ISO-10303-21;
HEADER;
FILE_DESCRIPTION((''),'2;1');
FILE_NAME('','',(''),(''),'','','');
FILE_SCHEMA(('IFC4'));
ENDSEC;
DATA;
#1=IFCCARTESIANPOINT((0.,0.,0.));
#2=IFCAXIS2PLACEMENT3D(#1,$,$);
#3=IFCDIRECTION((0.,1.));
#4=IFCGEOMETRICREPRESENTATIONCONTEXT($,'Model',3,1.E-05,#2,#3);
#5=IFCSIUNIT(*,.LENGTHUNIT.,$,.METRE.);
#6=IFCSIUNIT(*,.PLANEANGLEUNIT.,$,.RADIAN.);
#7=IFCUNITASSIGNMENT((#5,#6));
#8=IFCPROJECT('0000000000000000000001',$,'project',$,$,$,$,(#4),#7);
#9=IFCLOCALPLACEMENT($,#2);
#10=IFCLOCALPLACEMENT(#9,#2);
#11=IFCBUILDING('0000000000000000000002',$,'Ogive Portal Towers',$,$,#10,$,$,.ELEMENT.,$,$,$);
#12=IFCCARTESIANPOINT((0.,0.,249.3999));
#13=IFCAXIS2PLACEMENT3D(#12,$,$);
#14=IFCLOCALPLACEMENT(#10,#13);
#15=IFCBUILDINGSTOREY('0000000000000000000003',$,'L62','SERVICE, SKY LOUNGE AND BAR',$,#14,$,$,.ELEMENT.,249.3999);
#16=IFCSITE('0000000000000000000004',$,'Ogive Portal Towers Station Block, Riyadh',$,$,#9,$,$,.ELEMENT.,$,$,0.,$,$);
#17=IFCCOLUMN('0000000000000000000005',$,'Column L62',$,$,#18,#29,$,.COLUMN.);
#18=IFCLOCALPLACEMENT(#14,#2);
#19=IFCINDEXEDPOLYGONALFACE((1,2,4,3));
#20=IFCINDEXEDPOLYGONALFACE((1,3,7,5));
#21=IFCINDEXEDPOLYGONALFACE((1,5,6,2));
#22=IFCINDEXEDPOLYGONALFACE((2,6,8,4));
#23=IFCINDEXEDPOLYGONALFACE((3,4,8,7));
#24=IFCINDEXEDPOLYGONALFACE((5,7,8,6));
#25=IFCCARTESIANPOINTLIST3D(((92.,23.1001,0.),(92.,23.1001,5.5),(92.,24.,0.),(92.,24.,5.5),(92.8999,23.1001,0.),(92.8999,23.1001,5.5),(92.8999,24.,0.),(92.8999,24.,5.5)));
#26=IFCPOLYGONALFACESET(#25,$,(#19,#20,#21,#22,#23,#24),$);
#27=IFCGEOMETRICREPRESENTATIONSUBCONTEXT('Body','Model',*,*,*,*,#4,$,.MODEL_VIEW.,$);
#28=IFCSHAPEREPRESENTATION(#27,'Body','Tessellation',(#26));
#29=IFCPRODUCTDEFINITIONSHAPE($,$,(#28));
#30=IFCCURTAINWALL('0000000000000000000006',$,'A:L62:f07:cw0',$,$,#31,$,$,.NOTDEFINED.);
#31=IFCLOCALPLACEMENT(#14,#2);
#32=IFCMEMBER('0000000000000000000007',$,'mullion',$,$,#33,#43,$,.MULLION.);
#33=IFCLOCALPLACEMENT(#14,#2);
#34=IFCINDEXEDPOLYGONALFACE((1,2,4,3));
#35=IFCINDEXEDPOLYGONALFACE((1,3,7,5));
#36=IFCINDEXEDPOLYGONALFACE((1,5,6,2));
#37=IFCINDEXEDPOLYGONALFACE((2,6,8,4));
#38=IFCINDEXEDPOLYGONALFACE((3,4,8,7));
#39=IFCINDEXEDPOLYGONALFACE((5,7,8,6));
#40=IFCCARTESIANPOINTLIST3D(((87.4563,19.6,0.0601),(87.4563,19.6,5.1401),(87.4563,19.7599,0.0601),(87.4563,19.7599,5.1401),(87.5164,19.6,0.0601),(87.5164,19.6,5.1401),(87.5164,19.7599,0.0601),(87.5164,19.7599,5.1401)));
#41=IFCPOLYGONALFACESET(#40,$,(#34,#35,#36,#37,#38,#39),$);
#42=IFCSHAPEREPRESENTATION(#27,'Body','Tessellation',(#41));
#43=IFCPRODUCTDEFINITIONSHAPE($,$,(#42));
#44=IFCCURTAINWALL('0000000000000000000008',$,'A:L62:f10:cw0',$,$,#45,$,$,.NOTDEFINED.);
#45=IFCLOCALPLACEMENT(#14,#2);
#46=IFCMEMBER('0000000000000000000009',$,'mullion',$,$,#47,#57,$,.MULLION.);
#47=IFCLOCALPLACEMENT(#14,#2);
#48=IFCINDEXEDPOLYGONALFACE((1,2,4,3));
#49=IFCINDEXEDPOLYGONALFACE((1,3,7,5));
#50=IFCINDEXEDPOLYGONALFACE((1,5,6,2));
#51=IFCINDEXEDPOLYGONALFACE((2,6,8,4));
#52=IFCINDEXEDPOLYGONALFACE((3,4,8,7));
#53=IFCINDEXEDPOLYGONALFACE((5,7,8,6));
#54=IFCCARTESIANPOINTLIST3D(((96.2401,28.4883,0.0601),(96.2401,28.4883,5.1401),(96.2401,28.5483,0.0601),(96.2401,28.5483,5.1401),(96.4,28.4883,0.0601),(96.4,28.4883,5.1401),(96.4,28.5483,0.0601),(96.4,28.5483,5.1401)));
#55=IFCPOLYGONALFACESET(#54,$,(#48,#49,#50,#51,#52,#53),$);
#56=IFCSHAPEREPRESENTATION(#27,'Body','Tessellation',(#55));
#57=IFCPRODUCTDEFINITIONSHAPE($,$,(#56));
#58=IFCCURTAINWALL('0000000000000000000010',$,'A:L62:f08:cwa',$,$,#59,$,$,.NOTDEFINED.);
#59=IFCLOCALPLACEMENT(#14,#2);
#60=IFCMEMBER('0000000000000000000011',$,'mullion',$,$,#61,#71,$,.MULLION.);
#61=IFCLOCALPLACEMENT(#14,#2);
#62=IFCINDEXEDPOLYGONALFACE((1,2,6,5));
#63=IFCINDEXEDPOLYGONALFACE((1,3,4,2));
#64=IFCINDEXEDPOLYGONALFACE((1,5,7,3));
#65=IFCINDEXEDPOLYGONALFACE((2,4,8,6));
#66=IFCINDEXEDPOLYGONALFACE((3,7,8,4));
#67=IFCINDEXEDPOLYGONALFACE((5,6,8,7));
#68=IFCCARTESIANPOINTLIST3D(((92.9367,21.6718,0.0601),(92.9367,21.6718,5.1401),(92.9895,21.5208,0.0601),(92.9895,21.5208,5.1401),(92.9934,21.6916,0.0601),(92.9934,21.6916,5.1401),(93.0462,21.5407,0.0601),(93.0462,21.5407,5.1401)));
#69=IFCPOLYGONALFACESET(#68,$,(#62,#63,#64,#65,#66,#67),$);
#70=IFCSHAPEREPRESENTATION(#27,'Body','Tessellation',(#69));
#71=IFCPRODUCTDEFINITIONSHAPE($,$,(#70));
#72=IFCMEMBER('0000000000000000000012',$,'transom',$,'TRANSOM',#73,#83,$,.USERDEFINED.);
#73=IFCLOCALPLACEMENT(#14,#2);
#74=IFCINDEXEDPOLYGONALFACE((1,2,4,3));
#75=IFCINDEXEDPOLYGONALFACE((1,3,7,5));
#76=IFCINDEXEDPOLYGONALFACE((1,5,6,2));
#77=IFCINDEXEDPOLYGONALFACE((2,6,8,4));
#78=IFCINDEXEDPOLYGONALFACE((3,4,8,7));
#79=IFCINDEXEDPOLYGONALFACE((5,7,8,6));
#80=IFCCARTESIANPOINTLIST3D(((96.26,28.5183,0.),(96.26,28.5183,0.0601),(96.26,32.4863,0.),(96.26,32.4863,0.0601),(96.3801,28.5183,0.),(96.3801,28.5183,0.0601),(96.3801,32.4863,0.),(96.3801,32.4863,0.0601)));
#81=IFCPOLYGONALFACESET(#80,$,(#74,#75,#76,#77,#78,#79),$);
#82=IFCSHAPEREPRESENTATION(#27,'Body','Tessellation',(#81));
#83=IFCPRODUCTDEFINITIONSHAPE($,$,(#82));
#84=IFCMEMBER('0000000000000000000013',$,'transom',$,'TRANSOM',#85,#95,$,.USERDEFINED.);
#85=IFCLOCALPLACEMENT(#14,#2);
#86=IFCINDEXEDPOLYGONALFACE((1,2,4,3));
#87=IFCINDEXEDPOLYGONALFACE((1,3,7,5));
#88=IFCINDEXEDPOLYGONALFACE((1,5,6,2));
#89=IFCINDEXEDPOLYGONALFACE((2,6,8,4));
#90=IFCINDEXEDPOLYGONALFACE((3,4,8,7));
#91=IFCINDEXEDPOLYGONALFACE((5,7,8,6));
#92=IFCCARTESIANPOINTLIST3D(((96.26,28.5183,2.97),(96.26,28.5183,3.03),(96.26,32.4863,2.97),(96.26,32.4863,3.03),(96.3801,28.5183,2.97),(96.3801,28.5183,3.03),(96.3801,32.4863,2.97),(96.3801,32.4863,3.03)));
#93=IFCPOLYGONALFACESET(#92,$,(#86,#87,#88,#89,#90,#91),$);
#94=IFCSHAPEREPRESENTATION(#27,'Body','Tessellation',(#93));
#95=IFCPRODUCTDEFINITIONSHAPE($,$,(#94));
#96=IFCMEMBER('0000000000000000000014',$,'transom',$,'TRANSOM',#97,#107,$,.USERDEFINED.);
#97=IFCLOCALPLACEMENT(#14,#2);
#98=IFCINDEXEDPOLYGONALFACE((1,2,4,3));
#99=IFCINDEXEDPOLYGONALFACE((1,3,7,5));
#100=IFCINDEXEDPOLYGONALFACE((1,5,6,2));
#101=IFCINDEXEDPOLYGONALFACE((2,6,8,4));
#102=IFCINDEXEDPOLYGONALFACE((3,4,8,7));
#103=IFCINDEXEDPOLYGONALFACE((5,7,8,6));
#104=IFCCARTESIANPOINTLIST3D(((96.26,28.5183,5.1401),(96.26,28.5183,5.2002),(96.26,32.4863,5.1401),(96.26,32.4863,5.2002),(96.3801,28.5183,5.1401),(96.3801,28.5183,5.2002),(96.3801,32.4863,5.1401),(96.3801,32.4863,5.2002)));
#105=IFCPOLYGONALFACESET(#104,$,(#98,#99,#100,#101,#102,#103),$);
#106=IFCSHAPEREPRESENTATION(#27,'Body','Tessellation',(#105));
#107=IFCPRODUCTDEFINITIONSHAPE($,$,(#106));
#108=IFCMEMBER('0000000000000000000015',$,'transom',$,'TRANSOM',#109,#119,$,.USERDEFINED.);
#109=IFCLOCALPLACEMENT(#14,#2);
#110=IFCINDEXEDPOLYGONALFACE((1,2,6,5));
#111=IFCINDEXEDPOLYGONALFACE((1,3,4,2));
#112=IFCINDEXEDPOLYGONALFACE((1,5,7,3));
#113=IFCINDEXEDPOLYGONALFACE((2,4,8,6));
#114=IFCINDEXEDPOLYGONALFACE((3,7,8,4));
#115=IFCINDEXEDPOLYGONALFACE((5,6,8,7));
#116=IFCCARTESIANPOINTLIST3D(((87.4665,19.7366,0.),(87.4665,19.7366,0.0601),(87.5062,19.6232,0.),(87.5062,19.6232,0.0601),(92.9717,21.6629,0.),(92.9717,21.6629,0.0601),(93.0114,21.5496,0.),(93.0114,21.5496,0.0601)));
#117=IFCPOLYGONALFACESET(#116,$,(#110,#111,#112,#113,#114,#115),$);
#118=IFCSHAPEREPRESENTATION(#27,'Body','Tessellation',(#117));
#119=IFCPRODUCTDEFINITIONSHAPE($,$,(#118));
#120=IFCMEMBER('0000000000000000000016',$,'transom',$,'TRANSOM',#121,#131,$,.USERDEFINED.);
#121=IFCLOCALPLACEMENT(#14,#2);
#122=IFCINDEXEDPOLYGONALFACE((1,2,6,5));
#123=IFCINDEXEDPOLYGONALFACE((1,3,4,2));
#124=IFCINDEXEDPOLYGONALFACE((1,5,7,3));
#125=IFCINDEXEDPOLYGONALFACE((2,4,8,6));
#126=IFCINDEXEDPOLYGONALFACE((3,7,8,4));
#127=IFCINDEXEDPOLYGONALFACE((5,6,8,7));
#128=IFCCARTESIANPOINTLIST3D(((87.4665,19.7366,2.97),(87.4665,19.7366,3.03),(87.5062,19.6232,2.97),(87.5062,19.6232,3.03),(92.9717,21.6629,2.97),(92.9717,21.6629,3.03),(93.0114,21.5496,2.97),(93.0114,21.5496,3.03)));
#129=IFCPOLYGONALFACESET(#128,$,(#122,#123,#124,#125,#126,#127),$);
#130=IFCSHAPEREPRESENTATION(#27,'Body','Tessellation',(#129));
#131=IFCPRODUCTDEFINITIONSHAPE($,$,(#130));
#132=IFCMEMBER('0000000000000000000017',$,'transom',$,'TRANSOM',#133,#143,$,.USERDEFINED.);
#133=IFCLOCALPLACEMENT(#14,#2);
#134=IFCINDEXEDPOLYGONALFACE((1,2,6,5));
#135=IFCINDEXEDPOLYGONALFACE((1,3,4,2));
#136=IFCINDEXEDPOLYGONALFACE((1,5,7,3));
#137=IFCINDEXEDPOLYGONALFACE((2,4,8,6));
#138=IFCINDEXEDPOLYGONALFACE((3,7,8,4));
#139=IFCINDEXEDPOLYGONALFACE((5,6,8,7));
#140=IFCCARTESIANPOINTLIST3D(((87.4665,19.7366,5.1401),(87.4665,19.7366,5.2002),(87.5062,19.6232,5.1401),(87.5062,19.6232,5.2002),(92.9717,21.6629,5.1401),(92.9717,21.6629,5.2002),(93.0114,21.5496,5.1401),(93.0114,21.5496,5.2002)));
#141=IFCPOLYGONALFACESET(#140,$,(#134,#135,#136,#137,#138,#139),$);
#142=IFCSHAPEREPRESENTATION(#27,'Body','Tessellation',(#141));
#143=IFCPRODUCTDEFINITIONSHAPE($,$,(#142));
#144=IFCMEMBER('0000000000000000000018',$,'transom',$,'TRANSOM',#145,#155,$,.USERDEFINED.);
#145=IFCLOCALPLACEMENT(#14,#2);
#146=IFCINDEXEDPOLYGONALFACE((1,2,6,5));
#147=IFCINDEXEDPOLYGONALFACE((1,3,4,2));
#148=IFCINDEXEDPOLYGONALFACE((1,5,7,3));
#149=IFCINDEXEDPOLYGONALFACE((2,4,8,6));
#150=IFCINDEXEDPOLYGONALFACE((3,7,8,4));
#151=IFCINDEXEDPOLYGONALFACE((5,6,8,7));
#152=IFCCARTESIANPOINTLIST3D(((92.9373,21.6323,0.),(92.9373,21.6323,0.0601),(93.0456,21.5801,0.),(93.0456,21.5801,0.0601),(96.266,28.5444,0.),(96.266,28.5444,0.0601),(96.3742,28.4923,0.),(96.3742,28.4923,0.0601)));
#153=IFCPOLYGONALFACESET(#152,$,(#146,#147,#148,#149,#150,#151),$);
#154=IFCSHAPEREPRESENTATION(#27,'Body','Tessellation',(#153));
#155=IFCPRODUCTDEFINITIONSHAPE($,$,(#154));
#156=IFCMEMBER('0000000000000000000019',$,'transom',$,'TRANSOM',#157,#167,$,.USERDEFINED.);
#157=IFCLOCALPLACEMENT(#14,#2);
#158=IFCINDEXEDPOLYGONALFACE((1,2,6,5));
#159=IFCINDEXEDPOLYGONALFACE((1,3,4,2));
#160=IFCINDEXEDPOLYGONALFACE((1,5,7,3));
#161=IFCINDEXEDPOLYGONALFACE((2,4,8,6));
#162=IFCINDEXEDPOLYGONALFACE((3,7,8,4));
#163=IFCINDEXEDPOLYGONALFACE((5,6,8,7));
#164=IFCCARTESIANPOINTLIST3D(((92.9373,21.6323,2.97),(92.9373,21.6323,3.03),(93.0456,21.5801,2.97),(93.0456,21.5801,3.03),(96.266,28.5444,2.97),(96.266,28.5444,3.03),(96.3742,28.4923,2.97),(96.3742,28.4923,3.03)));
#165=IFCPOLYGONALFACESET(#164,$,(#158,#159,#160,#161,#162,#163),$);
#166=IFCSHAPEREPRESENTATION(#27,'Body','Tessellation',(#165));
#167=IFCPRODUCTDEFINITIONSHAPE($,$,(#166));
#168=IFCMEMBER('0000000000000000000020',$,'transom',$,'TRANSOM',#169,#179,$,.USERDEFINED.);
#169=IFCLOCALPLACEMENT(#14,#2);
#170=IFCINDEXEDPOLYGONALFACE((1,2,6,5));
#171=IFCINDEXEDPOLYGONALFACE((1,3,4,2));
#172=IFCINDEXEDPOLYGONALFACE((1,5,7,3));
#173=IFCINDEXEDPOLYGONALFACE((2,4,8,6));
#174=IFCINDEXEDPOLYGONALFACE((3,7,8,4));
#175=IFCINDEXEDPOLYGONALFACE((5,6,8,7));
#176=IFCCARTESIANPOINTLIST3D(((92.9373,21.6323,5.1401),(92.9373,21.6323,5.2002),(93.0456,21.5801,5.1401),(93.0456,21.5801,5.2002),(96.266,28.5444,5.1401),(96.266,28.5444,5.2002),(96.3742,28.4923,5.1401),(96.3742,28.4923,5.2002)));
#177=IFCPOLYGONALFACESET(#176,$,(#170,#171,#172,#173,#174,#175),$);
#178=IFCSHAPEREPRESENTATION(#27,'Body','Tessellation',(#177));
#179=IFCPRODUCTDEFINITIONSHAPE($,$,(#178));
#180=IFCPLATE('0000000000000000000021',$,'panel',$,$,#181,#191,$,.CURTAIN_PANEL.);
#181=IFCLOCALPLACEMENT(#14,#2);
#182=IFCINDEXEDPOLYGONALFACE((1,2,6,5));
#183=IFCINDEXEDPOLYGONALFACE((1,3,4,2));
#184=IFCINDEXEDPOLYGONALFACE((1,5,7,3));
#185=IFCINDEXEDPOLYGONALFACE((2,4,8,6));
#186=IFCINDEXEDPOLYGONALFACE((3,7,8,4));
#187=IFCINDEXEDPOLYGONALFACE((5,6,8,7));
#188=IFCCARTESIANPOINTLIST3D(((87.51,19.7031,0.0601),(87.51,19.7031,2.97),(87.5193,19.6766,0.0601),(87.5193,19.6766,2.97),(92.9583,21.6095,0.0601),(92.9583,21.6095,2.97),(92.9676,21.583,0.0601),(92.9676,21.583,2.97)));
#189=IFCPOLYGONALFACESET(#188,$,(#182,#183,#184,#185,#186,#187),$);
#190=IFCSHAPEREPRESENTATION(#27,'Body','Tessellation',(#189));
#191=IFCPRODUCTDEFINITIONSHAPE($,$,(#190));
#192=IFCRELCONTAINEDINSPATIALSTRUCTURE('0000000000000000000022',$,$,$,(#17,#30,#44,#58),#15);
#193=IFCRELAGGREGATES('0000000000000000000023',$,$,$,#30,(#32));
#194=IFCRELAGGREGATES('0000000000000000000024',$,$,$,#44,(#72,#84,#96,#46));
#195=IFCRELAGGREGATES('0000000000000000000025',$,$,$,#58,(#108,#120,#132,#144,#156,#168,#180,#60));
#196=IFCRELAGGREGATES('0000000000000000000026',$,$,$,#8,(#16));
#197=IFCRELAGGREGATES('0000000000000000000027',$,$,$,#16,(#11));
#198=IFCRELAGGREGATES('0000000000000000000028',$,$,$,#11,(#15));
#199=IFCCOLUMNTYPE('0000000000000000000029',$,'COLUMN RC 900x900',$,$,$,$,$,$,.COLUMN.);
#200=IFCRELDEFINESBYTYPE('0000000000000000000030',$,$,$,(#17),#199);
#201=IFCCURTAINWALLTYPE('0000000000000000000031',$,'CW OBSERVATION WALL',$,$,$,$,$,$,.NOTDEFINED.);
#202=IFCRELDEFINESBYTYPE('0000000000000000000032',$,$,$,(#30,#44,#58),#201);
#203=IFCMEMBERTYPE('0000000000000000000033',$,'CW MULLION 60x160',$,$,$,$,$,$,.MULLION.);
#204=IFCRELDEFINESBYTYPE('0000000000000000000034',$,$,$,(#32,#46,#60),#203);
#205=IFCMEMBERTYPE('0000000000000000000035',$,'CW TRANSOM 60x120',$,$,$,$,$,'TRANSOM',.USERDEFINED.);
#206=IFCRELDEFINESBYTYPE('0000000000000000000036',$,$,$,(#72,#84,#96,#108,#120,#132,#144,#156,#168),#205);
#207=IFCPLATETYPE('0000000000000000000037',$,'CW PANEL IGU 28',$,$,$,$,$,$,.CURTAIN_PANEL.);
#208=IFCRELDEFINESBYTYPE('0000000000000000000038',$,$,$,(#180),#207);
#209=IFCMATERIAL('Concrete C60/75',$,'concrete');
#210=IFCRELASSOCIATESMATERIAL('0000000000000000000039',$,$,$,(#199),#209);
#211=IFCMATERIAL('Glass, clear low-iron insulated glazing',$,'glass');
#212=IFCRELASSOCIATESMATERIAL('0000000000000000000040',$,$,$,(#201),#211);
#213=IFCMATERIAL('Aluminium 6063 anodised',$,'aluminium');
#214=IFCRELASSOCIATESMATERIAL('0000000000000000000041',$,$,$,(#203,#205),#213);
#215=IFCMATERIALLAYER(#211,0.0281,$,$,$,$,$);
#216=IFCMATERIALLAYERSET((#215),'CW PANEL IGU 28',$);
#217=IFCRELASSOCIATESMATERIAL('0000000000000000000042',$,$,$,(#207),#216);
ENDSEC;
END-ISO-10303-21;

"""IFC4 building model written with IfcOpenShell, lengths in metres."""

from ifc_helpers import new_model, si_unit, direction, frame, origin, origin_2d, place, context, subcontext, project, spatial, rectangle, extrude, material, layer, layer_set, material_profile, profile_set, type_object, element, aggregate, save


model = new_model("IFC4")

# Units and contexts
model_context = context("Model", 3, precision=1e-05, world=origin(), true_north=direction((0.0, 1.0)))
body_context = subcontext(model_context, "Body", "Model", "MODEL_VIEW")
ifc_project = project(units=[si_unit("LENGTHUNIT", "METRE"), si_unit("PLANEANGLEUNIT", "RADIAN")], contexts=[model_context])

# Site, building, storey
site_placement = place(None, origin())
site = spatial("IfcSite", under=ifc_project, at=site_placement, Name="Ogive Portal Towers Station Block, Riyadh", CompositionType="ELEMENT", RefElevation=0.0)
building_placement = place(site_placement, origin())
building = spatial("IfcBuilding", under=site, at=building_placement, Name="Ogive Portal Towers", CompositionType="ELEMENT")
storey_placement = place(building_placement, frame((0.0, 0.0, 249.3999)))
storey = spatial("IfcBuildingStorey", under=building, at=storey_placement, Name="L62", Description="SERVICE, SKY LOUNGE AND BAR", CompositionType="ELEMENT", Elevation=249.3999)

# Column
ifc_material_1 = material(Name="Concrete C60/75", Category="concrete")
ifc_material_profile_1 = material_profile(ifc_material_1, rectangle(XDim=0.8999, YDim=0.8999, at=origin_2d()), Name="RC 900x900")
ifc_profile_set_1 = profile_set([ifc_material_profile_1], Name="Concrete C60/75")
column_type = type_object("IfcColumnType", Name="COLUMN RC 900x900", PredefinedType="COLUMN", material=ifc_profile_set_1)
column_placement = place(storey_placement, frame((92.45, 23.55, 0.0), z_axis=(0.0, 0.0, 1.0), x_axis=(1.0, 0.0, 0.0)))
element("IfcColumn", 1, at=column_placement, inside=storey, type_object=column_type, Name="Column L62", PredefinedType="COLUMN", context=body_context, shape_type="SweptSolid", body=[
    extrude(rectangle(XDim=0.8999, YDim=0.8999, at=origin_2d()), origin(), (0.0, 0.0, 1.0), 5.5),
])

# Curtain walls, members
ifc_material_2 = material(Name="Glass, clear low-iron insulated glazing", Category="glass")
curtain_wall_type = type_object("IfcCurtainWallType", Name="CW OBSERVATION WALL", PredefinedType="NOTDEFINED", material=ifc_material_2)
curtain_wall_1_placement = place(storey_placement, origin())
curtain_wall_1 = element("IfcCurtainWall", 2, at=curtain_wall_1_placement, inside=storey, type_object=curtain_wall_type, Name="A:L62:f07:cw0", PredefinedType="NOTDEFINED")
ifc_material_3 = material(Name="Aluminium 6063 anodised", Category="aluminium")
ifc_material_profile_2 = material_profile(ifc_material_3, rectangle(XDim=0.1599, YDim=0.0601, at=origin_2d()), Name="AL 60x160")
ifc_profile_set_2 = profile_set([ifc_material_profile_2], Name="Aluminium 6063 anodised")
member_type_1 = type_object("IfcMemberType", Name="CW MULLION 60x160", PredefinedType="MULLION", material=ifc_profile_set_2)
member_1_placement = place(storey_placement, frame((87.4863, 19.6799, 0.0601), z_axis=(0.0, 0.0, 1.0), x_axis=(0.0, 1.0, 0.0)))
member_1 = element("IfcMember", 3, at=member_1_placement, type_object=member_type_1, Name="mullion", PredefinedType="MULLION", context=body_context, shape_type="SweptSolid", body=[
    extrude(rectangle(XDim=0.1599, YDim=0.0601, at=origin_2d()), origin(), (0.0, 0.0, 1.0), 5.0801),
])
aggregate(curtain_wall_1, [member_1])
curtain_wall_2_placement = place(storey_placement, origin())
curtain_wall_2 = element("IfcCurtainWall", 4, at=curtain_wall_2_placement, inside=storey, type_object=curtain_wall_type, Name="A:L62:f10:cw0", PredefinedType="NOTDEFINED")
member_2_placement = place(storey_placement, frame((96.3201, 28.5183, 0.0601), z_axis=(0.0, 0.0, 1.0), x_axis=(-1.0, 0.0, 0.0)))
member_2 = element("IfcMember", 5, at=member_2_placement, type_object=member_type_1, Name="mullion", PredefinedType="MULLION", context=body_context, shape_type="SweptSolid", body=[
    extrude(rectangle(XDim=0.1599, YDim=0.0601, at=origin_2d()), origin(), (0.0, 0.0, 1.0), 5.0801),
])
curtain_wall_3_placement = place(storey_placement, origin())
curtain_wall_3 = element("IfcCurtainWall", 6, at=curtain_wall_3_placement, inside=storey, type_object=curtain_wall_type, Name="A:L62:f08:cwa", PredefinedType="NOTDEFINED")
member_3_placement = place(storey_placement, frame((92.9915, 21.6062, 0.0601), z_axis=(0.0, 0.0, 1.0), x_axis=(-0.330279, 0.943883, 0.0)))
member_3 = element("IfcMember", 7, at=member_3_placement, type_object=member_type_1, Name="mullion", PredefinedType="MULLION", context=body_context, shape_type="SweptSolid", body=[
    extrude(rectangle(XDim=0.1599, YDim=0.0601, at=origin_2d()), origin(), (0.0, 0.0, 1.0), 5.0801),
])

# Members
ifc_material_profile_3 = material_profile(ifc_material_3, rectangle(XDim=0.1201, YDim=0.0601, at=origin_2d()), Name="AL 120x60")
ifc_profile_set_3 = profile_set([ifc_material_profile_3], Name="Aluminium 6063 anodised")
member_type_2 = type_object("IfcMemberType", Name="CW TRANSOM 60x120", ElementType="TRANSOM", PredefinedType="USERDEFINED", material=ifc_profile_set_3)
member_4_placement = place(storey_placement, frame((96.3201, 28.5183, 0.03), z_axis=(0.0, 1.0, 0.0), x_axis=(-1.0, 0.0, 0.0)))
member_4 = element("IfcMember", 8, at=member_4_placement, type_object=member_type_2, Name="transom", ObjectType="TRANSOM", PredefinedType="USERDEFINED", context=body_context, shape_type="SweptSolid", body=[
    extrude(rectangle(XDim=0.1201, YDim=0.0601, at=origin_2d()), origin(), (0.0, 0.0, 1.0), 3.968),
])
member_5_placement = place(storey_placement, frame((96.3201, 28.5183, 3.0), z_axis=(0.0, 1.0, 0.0), x_axis=(-1.0, 0.0, 0.0)))
member_5 = element("IfcMember", 9, at=member_5_placement, type_object=member_type_2, Name="transom", ObjectType="TRANSOM", PredefinedType="USERDEFINED", context=body_context, shape_type="SweptSolid", body=[
    extrude(rectangle(XDim=0.1201, YDim=0.0601, at=origin_2d()), origin(), (0.0, 0.0, 1.0), 3.968),
])
member_6_placement = place(storey_placement, frame((96.3201, 28.5183, 5.1702), z_axis=(0.0, 1.0, 0.0), x_axis=(-1.0, 0.0, 0.0)))
member_6 = element("IfcMember", 10, at=member_6_placement, type_object=member_type_2, Name="transom", ObjectType="TRANSOM", PredefinedType="USERDEFINED", context=body_context, shape_type="SweptSolid", body=[
    extrude(rectangle(XDim=0.1201, YDim=0.0601, at=origin_2d()), origin(), (0.0, 0.0, 1.0), 3.968),
])
aggregate(curtain_wall_2, [member_4, member_5, member_6, member_2])
member_7_placement = place(storey_placement, frame((87.4863, 19.6799, 0.03), z_axis=(0.943886, 0.33027, 0.0), x_axis=(-0.33027, 0.943886, 0.0)))
member_7 = element("IfcMember", 11, at=member_7_placement, type_object=member_type_2, Name="transom", ObjectType="TRANSOM", PredefinedType="USERDEFINED", context=body_context, shape_type="SweptSolid", body=[
    extrude(rectangle(XDim=0.1201, YDim=0.0601, at=origin_2d()), origin(), (0.0, 0.0, 1.0), 5.8325),
])
member_8_placement = place(storey_placement, frame((87.4863, 19.6799, 3.0), z_axis=(0.943886, 0.33027, 0.0), x_axis=(-0.33027, 0.943886, 0.0)))
member_8 = element("IfcMember", 12, at=member_8_placement, type_object=member_type_2, Name="transom", ObjectType="TRANSOM", PredefinedType="USERDEFINED", context=body_context, shape_type="SweptSolid", body=[
    extrude(rectangle(XDim=0.1201, YDim=0.0601, at=origin_2d()), origin(), (0.0, 0.0, 1.0), 5.8325),
])
member_9_placement = place(storey_placement, frame((87.4863, 19.6799, 5.1702), z_axis=(0.943886, 0.33027, 0.0), x_axis=(-0.33027, 0.943886, 0.0)))
member_9 = element("IfcMember", 13, at=member_9_placement, type_object=member_type_2, Name="transom", ObjectType="TRANSOM", PredefinedType="USERDEFINED", context=body_context, shape_type="SweptSolid", body=[
    extrude(rectangle(XDim=0.1201, YDim=0.0601, at=origin_2d()), origin(), (0.0, 0.0, 1.0), 5.8325),
])
member_10_placement = place(storey_placement, frame((92.9915, 21.6062, 0.03), z_axis=(0.433875, 0.900973, 0.0), x_axis=(-0.900973, 0.433875, 0.0)))
member_10 = element("IfcMember", 14, at=member_10_placement, type_object=member_type_2, Name="transom", ObjectType="TRANSOM", PredefinedType="USERDEFINED", context=body_context, shape_type="SweptSolid", body=[
    extrude(rectangle(XDim=0.1201, YDim=0.0601, at=origin_2d()), origin(), (0.0, 0.0, 1.0), 7.6719),
])
member_11_placement = place(storey_placement, frame((92.9915, 21.6062, 3.0), z_axis=(0.433875, 0.900973, 0.0), x_axis=(-0.900973, 0.433875, 0.0)))
member_11 = element("IfcMember", 15, at=member_11_placement, type_object=member_type_2, Name="transom", ObjectType="TRANSOM", PredefinedType="USERDEFINED", context=body_context, shape_type="SweptSolid", body=[
    extrude(rectangle(XDim=0.1201, YDim=0.0601, at=origin_2d()), origin(), (0.0, 0.0, 1.0), 7.6719),
])
member_12_placement = place(storey_placement, frame((92.9915, 21.6062, 5.1702), z_axis=(0.433875, 0.900973, 0.0), x_axis=(-0.900973, 0.433875, 0.0)))
member_12 = element("IfcMember", 16, at=member_12_placement, type_object=member_type_2, Name="transom", ObjectType="TRANSOM", PredefinedType="USERDEFINED", context=body_context, shape_type="SweptSolid", body=[
    extrude(rectangle(XDim=0.1201, YDim=0.0601, at=origin_2d()), origin(), (0.0, 0.0, 1.0), 7.6719),
])

# Plate
ifc_layer_1 = layer(ifc_material_2, 0.0281)
ifc_layer_set_1 = layer_set([ifc_layer_1], Name="CW PANEL IGU 28")
plate_type = type_object("IfcPlateType", Name="CW PANEL IGU 28", PredefinedType="CURTAIN_PANEL", material=ifc_layer_set_1)
plate_1_placement = place(storey_placement, frame((90.2388, 20.6431, 0.0601), z_axis=(0.0, 0.0, 1.0), x_axis=(0.943883, 0.330279, 0.0)))
plate_1 = element("IfcPlate", 17, at=plate_1_placement, type_object=plate_type, Name="panel", PredefinedType="CURTAIN_PANEL", context=body_context, shape_type="SweptSolid", body=[
    extrude(rectangle(XDim=5.7722, YDim=0.0281, at=origin_2d()), origin(), (0.0, 0.0, 1.0), 2.9099),
])
aggregate(curtain_wall_3, [member_7, member_8, member_9, member_10, member_11, member_12, plate_1, member_3])

save(model, "model.ifc")
